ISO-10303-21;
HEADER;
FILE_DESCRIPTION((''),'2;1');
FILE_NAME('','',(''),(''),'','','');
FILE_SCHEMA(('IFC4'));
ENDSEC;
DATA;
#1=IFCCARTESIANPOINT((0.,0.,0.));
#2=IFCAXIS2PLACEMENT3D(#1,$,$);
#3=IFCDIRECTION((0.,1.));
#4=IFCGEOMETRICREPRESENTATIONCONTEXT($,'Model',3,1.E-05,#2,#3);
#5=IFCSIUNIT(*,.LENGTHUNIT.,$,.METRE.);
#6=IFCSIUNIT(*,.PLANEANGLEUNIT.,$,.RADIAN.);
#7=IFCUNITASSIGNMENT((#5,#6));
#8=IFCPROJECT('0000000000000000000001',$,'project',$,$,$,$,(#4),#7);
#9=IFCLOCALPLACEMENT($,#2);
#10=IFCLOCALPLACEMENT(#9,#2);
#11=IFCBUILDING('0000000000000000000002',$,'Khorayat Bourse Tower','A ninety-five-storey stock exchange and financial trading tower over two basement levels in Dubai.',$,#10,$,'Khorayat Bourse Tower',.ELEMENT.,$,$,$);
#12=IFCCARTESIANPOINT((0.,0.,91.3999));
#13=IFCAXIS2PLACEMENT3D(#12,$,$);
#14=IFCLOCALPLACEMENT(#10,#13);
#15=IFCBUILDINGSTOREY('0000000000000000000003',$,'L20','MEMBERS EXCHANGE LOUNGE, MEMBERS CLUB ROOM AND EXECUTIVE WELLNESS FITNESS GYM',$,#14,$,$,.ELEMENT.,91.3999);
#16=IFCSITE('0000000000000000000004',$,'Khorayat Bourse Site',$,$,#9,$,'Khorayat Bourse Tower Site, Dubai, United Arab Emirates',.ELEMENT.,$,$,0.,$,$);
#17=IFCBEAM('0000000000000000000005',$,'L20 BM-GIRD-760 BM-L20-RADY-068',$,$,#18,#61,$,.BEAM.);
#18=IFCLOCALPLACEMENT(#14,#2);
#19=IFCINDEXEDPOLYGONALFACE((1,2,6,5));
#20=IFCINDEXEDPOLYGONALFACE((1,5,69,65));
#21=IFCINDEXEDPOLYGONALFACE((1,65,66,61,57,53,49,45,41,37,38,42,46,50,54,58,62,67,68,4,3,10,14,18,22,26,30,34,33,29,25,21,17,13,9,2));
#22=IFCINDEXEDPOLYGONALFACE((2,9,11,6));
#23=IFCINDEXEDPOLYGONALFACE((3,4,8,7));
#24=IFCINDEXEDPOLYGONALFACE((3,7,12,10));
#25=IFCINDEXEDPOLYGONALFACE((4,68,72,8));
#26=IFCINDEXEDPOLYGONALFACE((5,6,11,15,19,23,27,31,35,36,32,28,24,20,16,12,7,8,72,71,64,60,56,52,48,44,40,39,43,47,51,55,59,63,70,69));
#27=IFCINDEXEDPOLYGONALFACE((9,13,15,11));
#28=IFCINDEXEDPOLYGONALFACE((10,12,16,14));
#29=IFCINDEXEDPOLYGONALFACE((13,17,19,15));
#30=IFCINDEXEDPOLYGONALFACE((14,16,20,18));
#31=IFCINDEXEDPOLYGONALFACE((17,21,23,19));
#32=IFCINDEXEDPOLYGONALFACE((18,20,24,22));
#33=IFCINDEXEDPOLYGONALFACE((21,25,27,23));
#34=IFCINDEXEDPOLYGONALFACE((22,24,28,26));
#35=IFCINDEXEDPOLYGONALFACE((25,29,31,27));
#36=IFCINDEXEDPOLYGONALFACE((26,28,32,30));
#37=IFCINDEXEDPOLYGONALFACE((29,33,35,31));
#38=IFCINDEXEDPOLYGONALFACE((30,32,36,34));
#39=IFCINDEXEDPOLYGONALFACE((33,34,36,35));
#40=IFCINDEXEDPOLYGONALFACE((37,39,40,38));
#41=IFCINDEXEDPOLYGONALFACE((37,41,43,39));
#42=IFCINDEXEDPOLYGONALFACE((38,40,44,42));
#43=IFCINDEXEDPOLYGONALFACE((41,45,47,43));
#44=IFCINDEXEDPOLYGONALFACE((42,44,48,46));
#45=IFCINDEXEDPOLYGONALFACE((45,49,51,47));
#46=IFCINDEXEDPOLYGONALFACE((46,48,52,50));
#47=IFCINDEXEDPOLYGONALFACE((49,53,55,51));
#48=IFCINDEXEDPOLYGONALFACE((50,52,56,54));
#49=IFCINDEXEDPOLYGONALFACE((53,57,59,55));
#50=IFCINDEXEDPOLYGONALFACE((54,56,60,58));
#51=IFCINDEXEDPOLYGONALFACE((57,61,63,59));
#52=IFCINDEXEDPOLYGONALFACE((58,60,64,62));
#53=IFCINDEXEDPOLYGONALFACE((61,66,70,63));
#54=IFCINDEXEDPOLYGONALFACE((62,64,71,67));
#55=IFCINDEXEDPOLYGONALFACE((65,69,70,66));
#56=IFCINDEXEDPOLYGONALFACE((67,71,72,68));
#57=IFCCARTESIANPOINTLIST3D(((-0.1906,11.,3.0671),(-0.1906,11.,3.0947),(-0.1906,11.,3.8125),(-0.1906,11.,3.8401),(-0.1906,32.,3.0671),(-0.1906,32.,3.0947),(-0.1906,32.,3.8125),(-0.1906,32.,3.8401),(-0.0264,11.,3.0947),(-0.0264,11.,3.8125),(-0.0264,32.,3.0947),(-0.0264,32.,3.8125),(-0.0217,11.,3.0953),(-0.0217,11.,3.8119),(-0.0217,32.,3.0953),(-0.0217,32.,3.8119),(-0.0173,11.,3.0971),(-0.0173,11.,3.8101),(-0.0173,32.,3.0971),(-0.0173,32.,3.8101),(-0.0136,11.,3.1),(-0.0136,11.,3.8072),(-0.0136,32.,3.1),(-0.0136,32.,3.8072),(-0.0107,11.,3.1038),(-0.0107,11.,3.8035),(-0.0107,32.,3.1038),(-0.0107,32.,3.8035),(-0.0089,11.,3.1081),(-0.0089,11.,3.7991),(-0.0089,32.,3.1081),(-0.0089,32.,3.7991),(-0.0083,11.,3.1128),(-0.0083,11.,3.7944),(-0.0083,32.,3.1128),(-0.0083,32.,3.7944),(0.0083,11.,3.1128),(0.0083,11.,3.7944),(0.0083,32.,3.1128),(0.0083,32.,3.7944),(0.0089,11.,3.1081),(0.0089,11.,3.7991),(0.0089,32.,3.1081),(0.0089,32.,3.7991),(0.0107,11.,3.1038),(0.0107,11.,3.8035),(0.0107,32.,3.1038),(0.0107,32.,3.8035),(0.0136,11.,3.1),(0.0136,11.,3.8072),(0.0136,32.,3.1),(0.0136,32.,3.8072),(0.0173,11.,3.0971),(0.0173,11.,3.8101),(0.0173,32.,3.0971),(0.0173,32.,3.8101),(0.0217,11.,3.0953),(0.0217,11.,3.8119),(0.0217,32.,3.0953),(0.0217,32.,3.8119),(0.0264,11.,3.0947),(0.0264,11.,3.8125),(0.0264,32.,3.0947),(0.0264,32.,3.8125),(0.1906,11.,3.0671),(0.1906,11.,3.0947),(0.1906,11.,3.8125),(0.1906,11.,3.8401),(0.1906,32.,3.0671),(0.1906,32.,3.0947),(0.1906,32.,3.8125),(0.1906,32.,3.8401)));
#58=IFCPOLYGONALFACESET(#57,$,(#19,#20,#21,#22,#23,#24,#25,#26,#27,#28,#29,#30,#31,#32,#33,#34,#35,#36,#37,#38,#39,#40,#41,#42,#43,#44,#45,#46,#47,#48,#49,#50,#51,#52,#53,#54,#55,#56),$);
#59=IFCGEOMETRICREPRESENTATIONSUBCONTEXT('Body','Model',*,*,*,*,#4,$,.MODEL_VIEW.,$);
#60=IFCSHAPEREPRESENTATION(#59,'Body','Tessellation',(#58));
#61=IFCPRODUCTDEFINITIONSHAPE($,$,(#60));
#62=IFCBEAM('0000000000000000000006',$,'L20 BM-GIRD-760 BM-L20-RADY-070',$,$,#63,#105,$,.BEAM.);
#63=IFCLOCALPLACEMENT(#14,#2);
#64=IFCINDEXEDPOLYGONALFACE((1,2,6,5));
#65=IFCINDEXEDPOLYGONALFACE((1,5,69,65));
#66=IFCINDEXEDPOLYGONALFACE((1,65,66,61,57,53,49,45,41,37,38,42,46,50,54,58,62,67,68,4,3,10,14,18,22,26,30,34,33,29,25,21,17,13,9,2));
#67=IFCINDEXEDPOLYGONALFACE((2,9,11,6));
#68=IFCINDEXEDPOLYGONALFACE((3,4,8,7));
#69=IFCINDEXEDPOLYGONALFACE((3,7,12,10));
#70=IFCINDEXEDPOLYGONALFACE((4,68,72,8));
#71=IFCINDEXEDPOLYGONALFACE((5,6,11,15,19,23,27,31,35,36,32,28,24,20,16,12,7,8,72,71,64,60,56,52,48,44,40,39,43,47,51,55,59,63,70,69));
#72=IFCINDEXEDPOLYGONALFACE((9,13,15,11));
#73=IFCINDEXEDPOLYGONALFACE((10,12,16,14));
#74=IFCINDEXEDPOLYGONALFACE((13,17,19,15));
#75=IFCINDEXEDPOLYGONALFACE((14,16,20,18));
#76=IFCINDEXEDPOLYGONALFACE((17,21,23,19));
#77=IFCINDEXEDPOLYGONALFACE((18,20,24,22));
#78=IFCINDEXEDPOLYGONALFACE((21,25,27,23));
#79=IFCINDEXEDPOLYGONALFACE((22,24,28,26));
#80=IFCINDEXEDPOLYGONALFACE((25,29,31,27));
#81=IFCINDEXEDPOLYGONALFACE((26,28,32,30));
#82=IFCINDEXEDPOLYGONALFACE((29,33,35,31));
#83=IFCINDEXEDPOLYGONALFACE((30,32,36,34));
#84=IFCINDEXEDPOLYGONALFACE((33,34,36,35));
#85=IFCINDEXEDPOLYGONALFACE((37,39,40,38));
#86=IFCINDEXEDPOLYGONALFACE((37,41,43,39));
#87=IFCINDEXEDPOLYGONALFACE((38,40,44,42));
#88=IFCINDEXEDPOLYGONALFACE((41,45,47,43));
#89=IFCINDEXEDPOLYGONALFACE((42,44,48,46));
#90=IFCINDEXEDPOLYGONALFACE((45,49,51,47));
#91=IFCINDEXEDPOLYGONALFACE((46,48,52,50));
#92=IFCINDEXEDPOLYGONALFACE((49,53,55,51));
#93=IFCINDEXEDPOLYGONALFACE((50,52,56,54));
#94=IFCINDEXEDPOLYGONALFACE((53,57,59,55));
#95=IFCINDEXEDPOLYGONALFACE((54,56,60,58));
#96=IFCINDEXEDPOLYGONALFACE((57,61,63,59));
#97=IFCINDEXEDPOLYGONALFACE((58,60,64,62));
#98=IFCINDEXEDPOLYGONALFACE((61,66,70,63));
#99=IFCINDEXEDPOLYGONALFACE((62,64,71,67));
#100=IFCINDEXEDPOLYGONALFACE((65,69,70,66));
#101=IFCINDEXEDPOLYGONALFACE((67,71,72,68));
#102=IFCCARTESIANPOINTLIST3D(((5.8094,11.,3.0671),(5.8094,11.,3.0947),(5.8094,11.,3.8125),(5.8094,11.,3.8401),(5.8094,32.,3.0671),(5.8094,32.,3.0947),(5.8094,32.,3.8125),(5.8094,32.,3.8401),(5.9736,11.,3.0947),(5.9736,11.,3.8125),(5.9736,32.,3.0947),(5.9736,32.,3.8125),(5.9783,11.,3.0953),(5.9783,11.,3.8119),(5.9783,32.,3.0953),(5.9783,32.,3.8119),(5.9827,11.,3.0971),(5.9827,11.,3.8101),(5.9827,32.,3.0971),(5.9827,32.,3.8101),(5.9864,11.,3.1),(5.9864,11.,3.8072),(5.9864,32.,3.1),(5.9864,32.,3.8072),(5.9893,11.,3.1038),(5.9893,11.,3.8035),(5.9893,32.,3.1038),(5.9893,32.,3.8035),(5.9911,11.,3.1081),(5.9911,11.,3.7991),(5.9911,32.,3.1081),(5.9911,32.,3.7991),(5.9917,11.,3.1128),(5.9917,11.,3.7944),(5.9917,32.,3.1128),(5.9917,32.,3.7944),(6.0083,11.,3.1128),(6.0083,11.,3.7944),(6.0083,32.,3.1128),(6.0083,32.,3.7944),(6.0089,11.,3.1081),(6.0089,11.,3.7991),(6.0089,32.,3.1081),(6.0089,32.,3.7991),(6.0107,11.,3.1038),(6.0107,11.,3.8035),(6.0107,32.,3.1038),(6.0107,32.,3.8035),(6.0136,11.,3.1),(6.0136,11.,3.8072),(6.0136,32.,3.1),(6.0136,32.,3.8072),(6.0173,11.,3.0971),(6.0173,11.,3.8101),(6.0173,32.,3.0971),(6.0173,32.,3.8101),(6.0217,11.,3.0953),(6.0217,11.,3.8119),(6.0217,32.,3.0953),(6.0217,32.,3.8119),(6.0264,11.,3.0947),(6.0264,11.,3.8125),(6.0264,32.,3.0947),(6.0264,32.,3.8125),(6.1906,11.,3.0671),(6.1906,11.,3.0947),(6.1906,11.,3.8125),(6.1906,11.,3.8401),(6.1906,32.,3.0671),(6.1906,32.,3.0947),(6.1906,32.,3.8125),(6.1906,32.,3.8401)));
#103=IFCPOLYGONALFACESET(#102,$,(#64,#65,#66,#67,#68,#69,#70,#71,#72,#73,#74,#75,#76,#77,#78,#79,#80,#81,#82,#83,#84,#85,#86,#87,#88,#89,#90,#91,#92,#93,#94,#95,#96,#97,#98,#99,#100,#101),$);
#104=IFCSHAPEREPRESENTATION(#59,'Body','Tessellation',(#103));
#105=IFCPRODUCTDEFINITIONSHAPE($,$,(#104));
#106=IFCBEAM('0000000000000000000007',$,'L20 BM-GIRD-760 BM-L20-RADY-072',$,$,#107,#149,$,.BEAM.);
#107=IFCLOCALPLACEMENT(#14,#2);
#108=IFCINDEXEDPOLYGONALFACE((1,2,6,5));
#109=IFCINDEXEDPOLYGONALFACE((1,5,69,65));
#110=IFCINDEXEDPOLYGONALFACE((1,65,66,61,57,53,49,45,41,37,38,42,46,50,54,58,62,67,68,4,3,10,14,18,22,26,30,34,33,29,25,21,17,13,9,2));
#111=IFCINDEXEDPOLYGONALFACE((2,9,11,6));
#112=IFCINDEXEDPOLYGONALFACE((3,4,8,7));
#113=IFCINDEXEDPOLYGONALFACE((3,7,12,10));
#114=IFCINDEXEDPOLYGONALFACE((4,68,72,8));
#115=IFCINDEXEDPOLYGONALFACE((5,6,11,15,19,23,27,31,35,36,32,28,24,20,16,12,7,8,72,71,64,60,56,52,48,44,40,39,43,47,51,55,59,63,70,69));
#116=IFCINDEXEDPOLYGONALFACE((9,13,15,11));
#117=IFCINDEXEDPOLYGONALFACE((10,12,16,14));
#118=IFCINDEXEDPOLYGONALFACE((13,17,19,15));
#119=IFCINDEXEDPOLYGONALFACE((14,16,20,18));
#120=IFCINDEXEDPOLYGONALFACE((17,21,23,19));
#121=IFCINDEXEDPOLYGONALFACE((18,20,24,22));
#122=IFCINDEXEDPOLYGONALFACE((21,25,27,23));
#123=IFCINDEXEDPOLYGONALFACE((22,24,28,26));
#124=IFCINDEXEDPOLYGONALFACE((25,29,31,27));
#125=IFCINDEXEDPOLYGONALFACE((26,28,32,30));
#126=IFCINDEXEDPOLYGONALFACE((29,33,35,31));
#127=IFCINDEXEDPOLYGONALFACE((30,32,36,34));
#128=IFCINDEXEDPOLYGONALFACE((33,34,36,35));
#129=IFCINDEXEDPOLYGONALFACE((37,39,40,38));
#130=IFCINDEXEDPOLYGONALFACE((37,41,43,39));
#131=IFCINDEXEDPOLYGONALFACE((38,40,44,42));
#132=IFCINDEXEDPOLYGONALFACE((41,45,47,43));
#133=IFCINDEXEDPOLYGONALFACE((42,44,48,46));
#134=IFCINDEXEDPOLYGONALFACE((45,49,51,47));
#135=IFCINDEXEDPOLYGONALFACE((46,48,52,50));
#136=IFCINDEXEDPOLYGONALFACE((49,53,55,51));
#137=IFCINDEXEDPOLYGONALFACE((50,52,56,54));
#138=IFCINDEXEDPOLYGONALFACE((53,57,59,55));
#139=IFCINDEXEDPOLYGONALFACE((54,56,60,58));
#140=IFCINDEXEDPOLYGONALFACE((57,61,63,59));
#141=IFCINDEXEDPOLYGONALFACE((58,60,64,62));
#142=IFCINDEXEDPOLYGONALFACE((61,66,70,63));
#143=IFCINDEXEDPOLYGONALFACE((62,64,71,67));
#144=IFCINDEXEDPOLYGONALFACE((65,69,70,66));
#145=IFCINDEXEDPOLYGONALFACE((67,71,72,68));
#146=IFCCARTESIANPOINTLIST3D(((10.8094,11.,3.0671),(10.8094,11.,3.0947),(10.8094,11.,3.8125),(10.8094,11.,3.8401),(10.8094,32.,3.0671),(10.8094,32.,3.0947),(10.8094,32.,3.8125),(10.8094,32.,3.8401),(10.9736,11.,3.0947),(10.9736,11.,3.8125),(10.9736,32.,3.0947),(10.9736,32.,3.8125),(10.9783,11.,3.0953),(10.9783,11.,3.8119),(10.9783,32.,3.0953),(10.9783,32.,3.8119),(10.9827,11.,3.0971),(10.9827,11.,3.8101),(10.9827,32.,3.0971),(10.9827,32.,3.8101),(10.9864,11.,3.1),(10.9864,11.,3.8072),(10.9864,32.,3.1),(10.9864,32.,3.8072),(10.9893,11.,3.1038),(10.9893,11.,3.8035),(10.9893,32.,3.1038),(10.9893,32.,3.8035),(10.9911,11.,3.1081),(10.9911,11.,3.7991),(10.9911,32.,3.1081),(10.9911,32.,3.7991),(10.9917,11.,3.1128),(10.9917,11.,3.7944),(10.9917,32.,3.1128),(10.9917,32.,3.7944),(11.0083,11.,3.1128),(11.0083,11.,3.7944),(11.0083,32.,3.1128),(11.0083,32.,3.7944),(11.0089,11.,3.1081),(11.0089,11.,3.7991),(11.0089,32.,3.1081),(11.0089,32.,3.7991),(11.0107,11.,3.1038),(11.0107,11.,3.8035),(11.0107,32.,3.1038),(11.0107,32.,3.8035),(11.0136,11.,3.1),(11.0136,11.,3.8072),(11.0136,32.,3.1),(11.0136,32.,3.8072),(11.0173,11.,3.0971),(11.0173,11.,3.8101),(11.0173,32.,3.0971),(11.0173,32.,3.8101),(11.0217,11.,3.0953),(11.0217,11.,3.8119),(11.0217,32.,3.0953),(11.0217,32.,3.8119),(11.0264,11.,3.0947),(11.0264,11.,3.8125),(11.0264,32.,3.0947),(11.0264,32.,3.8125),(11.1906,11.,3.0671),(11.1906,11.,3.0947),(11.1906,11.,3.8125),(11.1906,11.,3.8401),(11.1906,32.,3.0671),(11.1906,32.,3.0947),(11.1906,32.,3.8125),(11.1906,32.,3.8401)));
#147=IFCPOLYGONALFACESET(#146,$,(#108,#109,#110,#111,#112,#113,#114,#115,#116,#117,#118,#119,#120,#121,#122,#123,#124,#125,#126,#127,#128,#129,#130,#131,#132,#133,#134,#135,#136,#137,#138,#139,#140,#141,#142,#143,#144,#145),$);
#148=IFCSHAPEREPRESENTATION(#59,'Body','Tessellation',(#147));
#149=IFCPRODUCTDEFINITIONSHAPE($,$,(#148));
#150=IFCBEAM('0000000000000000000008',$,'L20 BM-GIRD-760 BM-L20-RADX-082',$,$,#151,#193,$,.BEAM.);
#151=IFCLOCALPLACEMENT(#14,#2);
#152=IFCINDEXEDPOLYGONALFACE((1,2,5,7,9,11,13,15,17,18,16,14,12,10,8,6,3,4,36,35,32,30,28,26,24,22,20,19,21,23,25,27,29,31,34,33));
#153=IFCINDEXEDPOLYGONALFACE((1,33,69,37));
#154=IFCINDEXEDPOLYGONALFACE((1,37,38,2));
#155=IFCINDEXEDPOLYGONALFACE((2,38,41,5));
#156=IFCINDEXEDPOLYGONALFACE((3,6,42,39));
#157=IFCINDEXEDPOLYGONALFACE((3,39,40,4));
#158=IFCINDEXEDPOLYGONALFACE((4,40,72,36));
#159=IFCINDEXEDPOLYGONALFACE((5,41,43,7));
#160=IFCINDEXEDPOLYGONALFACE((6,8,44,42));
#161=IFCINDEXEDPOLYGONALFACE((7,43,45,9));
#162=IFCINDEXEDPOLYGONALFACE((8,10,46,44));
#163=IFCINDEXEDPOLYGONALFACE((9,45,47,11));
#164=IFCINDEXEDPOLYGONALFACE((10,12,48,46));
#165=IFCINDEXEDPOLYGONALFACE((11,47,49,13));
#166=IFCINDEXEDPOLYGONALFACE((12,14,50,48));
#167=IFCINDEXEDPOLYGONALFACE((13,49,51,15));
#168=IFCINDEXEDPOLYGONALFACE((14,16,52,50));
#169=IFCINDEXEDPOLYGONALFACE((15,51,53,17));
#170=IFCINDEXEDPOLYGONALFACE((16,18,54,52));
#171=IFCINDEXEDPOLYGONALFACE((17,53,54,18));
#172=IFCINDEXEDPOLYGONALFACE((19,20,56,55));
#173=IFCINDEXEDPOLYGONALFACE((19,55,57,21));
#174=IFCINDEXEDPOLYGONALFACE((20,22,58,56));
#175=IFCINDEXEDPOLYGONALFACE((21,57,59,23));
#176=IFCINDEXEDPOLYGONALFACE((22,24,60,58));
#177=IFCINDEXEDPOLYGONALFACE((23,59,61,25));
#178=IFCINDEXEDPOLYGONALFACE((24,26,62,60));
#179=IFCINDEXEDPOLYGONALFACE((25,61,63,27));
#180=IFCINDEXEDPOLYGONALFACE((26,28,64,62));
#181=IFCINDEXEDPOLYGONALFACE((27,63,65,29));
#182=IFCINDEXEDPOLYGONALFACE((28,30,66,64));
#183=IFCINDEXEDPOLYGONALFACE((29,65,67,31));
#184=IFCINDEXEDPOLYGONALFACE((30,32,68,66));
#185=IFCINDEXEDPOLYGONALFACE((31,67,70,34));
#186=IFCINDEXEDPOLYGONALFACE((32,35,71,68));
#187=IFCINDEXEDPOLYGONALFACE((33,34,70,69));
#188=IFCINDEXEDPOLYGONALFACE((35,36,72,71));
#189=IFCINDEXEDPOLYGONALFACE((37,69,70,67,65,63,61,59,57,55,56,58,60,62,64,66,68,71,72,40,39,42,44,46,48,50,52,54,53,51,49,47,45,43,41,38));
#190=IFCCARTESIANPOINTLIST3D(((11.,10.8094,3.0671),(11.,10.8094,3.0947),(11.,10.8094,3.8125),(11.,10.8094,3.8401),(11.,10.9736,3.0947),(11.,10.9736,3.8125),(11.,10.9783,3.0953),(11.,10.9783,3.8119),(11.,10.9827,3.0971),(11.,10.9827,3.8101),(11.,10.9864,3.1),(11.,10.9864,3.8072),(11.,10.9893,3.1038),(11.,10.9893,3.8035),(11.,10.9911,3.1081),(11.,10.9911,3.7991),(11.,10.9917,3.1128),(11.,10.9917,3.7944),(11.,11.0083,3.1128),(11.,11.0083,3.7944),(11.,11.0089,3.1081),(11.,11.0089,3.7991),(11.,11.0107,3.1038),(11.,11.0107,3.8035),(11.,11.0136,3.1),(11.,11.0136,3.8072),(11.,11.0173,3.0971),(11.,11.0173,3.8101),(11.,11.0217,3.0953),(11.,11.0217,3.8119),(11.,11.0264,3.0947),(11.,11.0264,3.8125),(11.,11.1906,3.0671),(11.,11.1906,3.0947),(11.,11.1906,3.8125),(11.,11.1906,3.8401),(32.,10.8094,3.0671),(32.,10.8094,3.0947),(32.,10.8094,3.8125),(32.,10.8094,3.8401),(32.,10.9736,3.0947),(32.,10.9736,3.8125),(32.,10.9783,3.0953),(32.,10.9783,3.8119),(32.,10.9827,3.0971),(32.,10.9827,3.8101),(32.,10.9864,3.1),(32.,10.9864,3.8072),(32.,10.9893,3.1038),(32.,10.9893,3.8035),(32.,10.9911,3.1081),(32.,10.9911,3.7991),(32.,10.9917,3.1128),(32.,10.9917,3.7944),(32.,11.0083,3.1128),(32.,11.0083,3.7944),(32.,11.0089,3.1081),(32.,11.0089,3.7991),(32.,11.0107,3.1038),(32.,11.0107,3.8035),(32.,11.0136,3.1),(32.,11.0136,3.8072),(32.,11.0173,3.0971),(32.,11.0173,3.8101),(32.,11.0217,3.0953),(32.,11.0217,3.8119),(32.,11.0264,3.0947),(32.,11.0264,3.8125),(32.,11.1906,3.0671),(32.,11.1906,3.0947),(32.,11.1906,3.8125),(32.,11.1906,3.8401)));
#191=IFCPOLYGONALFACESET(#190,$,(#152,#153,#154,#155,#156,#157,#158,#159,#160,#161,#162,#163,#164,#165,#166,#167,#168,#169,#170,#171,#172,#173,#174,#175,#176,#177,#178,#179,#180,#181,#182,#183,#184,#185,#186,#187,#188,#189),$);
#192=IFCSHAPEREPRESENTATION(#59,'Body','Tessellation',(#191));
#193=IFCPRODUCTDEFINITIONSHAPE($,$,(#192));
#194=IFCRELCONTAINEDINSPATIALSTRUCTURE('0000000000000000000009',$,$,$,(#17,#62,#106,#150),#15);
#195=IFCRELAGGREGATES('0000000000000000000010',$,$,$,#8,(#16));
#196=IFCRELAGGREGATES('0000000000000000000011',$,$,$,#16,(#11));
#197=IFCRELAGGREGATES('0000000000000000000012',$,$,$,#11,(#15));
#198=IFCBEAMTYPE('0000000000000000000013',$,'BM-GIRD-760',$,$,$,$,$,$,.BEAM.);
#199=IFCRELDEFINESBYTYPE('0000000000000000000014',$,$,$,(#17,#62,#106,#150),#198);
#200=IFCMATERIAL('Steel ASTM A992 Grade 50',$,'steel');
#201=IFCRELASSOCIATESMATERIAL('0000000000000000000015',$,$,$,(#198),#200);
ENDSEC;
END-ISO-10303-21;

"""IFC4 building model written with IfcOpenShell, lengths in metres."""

from ifc_helpers import new_model, si_unit, direction, frame, origin, origin_2d, place, context, subcontext, project, spatial, i_section, extrude, source, transform, mapped, material, material_profile, profile_set, type_object, element, save


model = new_model("IFC4")

# Units and contexts
model_context = context("Model", 3, precision=1e-05, world=origin(), true_north=direction((0.0, 1.0)))
body_context = subcontext(model_context, "Body", "Model", "MODEL_VIEW")
ifc_project = project(units=[si_unit("LENGTHUNIT", "METRE"), si_unit("PLANEANGLEUNIT", "RADIAN")], contexts=[model_context])

# Site, building, storey
site_placement = place(None, origin())
site = spatial("IfcSite", under=ifc_project, at=site_placement, Name="Khorayat Bourse Site", LongName="Khorayat Bourse Tower Site, Dubai, United Arab Emirates", CompositionType="ELEMENT", RefElevation=0.0)
building_placement = place(site_placement, origin())
building = spatial("IfcBuilding", under=site, at=building_placement, Name="Khorayat Bourse Tower", Description="A ninety-five-storey stock exchange and financial trading tower over two basement levels in Dubai.", LongName="Khorayat Bourse Tower", CompositionType="ELEMENT")
storey_placement = place(building_placement, frame((0.0, 0.0, 91.3999)))
storey = spatial("IfcBuildingStorey", under=building, at=storey_placement, Name="L20", Description="MEMBERS EXCHANGE LOUNGE, MEMBERS CLUB ROOM AND EXECUTIVE WELLNESS FITNESS GYM", CompositionType="ELEMENT", Elevation=91.3999)

# Beams
ifc_material_1 = material(Name="Steel ASTM A992 Grade 50", Category="steel")
ifc_material_profile_1 = material_profile(ifc_material_1, i_section(OverallWidth=0.3811, OverallDepth=0.7729, WebThickness=0.0166, FlangeThickness=0.0276, FilletRadius=0.0181, at=origin_2d()), Name="W760X257")
ifc_profile_set_1 = profile_set([ifc_material_profile_1], Name="Steel ASTM A992 Grade 50")
beam_type_1 = type_object("IfcBeamType", Name="BM-GIRD-760", PredefinedType="BEAM", material=ifc_profile_set_1)
shared_shape_1 = source(origin(), body_context, "Body", "SweptSolid", [
    extrude(i_section(OverallWidth=0.3811, OverallDepth=0.7729, WebThickness=0.0166, FlangeThickness=0.0276, FilletRadius=0.0181, at=origin_2d()), origin(), (0.0, 0.0, 1.0), 21.0),
])
for number, where, z_axis, x_axis, name in (
    (1, (0.0, 11.0, 3.4536), (0.0, 1.0, 0.0), (-1.0, 0.0, 0.0), "L20 BM-GIRD-760 BM-L20-RADY-068"),
    (2, (6.0, 11.0, 3.4536), (0.0, 1.0, 0.0), (-1.0, 0.0, 0.0), "L20 BM-GIRD-760 BM-L20-RADY-070"),
    (3, (11.0, 11.0, 3.4536), (0.0, 1.0, 0.0), (-1.0, 0.0, 0.0), "L20 BM-GIRD-760 BM-L20-RADY-072"),
    (4, (11.0, 11.0, 3.4536), (1.0, 0.0, 0.0), (0.0, 1.0, 0.0), "L20 BM-GIRD-760 BM-L20-RADX-082"),
):
    element("IfcBeam", number, at=place(storey_placement, frame(where, z_axis=z_axis, x_axis=x_axis)), inside=storey, type_object=beam_type_1, Name=name, PredefinedType="BEAM", context=body_context, shape_type="MappedRepresentation", body=[
        mapped(shared_shape_1, transform((0.0, 0.0, 0.0), scale=1.0)),
    ])

save(model, "model.ifc")
